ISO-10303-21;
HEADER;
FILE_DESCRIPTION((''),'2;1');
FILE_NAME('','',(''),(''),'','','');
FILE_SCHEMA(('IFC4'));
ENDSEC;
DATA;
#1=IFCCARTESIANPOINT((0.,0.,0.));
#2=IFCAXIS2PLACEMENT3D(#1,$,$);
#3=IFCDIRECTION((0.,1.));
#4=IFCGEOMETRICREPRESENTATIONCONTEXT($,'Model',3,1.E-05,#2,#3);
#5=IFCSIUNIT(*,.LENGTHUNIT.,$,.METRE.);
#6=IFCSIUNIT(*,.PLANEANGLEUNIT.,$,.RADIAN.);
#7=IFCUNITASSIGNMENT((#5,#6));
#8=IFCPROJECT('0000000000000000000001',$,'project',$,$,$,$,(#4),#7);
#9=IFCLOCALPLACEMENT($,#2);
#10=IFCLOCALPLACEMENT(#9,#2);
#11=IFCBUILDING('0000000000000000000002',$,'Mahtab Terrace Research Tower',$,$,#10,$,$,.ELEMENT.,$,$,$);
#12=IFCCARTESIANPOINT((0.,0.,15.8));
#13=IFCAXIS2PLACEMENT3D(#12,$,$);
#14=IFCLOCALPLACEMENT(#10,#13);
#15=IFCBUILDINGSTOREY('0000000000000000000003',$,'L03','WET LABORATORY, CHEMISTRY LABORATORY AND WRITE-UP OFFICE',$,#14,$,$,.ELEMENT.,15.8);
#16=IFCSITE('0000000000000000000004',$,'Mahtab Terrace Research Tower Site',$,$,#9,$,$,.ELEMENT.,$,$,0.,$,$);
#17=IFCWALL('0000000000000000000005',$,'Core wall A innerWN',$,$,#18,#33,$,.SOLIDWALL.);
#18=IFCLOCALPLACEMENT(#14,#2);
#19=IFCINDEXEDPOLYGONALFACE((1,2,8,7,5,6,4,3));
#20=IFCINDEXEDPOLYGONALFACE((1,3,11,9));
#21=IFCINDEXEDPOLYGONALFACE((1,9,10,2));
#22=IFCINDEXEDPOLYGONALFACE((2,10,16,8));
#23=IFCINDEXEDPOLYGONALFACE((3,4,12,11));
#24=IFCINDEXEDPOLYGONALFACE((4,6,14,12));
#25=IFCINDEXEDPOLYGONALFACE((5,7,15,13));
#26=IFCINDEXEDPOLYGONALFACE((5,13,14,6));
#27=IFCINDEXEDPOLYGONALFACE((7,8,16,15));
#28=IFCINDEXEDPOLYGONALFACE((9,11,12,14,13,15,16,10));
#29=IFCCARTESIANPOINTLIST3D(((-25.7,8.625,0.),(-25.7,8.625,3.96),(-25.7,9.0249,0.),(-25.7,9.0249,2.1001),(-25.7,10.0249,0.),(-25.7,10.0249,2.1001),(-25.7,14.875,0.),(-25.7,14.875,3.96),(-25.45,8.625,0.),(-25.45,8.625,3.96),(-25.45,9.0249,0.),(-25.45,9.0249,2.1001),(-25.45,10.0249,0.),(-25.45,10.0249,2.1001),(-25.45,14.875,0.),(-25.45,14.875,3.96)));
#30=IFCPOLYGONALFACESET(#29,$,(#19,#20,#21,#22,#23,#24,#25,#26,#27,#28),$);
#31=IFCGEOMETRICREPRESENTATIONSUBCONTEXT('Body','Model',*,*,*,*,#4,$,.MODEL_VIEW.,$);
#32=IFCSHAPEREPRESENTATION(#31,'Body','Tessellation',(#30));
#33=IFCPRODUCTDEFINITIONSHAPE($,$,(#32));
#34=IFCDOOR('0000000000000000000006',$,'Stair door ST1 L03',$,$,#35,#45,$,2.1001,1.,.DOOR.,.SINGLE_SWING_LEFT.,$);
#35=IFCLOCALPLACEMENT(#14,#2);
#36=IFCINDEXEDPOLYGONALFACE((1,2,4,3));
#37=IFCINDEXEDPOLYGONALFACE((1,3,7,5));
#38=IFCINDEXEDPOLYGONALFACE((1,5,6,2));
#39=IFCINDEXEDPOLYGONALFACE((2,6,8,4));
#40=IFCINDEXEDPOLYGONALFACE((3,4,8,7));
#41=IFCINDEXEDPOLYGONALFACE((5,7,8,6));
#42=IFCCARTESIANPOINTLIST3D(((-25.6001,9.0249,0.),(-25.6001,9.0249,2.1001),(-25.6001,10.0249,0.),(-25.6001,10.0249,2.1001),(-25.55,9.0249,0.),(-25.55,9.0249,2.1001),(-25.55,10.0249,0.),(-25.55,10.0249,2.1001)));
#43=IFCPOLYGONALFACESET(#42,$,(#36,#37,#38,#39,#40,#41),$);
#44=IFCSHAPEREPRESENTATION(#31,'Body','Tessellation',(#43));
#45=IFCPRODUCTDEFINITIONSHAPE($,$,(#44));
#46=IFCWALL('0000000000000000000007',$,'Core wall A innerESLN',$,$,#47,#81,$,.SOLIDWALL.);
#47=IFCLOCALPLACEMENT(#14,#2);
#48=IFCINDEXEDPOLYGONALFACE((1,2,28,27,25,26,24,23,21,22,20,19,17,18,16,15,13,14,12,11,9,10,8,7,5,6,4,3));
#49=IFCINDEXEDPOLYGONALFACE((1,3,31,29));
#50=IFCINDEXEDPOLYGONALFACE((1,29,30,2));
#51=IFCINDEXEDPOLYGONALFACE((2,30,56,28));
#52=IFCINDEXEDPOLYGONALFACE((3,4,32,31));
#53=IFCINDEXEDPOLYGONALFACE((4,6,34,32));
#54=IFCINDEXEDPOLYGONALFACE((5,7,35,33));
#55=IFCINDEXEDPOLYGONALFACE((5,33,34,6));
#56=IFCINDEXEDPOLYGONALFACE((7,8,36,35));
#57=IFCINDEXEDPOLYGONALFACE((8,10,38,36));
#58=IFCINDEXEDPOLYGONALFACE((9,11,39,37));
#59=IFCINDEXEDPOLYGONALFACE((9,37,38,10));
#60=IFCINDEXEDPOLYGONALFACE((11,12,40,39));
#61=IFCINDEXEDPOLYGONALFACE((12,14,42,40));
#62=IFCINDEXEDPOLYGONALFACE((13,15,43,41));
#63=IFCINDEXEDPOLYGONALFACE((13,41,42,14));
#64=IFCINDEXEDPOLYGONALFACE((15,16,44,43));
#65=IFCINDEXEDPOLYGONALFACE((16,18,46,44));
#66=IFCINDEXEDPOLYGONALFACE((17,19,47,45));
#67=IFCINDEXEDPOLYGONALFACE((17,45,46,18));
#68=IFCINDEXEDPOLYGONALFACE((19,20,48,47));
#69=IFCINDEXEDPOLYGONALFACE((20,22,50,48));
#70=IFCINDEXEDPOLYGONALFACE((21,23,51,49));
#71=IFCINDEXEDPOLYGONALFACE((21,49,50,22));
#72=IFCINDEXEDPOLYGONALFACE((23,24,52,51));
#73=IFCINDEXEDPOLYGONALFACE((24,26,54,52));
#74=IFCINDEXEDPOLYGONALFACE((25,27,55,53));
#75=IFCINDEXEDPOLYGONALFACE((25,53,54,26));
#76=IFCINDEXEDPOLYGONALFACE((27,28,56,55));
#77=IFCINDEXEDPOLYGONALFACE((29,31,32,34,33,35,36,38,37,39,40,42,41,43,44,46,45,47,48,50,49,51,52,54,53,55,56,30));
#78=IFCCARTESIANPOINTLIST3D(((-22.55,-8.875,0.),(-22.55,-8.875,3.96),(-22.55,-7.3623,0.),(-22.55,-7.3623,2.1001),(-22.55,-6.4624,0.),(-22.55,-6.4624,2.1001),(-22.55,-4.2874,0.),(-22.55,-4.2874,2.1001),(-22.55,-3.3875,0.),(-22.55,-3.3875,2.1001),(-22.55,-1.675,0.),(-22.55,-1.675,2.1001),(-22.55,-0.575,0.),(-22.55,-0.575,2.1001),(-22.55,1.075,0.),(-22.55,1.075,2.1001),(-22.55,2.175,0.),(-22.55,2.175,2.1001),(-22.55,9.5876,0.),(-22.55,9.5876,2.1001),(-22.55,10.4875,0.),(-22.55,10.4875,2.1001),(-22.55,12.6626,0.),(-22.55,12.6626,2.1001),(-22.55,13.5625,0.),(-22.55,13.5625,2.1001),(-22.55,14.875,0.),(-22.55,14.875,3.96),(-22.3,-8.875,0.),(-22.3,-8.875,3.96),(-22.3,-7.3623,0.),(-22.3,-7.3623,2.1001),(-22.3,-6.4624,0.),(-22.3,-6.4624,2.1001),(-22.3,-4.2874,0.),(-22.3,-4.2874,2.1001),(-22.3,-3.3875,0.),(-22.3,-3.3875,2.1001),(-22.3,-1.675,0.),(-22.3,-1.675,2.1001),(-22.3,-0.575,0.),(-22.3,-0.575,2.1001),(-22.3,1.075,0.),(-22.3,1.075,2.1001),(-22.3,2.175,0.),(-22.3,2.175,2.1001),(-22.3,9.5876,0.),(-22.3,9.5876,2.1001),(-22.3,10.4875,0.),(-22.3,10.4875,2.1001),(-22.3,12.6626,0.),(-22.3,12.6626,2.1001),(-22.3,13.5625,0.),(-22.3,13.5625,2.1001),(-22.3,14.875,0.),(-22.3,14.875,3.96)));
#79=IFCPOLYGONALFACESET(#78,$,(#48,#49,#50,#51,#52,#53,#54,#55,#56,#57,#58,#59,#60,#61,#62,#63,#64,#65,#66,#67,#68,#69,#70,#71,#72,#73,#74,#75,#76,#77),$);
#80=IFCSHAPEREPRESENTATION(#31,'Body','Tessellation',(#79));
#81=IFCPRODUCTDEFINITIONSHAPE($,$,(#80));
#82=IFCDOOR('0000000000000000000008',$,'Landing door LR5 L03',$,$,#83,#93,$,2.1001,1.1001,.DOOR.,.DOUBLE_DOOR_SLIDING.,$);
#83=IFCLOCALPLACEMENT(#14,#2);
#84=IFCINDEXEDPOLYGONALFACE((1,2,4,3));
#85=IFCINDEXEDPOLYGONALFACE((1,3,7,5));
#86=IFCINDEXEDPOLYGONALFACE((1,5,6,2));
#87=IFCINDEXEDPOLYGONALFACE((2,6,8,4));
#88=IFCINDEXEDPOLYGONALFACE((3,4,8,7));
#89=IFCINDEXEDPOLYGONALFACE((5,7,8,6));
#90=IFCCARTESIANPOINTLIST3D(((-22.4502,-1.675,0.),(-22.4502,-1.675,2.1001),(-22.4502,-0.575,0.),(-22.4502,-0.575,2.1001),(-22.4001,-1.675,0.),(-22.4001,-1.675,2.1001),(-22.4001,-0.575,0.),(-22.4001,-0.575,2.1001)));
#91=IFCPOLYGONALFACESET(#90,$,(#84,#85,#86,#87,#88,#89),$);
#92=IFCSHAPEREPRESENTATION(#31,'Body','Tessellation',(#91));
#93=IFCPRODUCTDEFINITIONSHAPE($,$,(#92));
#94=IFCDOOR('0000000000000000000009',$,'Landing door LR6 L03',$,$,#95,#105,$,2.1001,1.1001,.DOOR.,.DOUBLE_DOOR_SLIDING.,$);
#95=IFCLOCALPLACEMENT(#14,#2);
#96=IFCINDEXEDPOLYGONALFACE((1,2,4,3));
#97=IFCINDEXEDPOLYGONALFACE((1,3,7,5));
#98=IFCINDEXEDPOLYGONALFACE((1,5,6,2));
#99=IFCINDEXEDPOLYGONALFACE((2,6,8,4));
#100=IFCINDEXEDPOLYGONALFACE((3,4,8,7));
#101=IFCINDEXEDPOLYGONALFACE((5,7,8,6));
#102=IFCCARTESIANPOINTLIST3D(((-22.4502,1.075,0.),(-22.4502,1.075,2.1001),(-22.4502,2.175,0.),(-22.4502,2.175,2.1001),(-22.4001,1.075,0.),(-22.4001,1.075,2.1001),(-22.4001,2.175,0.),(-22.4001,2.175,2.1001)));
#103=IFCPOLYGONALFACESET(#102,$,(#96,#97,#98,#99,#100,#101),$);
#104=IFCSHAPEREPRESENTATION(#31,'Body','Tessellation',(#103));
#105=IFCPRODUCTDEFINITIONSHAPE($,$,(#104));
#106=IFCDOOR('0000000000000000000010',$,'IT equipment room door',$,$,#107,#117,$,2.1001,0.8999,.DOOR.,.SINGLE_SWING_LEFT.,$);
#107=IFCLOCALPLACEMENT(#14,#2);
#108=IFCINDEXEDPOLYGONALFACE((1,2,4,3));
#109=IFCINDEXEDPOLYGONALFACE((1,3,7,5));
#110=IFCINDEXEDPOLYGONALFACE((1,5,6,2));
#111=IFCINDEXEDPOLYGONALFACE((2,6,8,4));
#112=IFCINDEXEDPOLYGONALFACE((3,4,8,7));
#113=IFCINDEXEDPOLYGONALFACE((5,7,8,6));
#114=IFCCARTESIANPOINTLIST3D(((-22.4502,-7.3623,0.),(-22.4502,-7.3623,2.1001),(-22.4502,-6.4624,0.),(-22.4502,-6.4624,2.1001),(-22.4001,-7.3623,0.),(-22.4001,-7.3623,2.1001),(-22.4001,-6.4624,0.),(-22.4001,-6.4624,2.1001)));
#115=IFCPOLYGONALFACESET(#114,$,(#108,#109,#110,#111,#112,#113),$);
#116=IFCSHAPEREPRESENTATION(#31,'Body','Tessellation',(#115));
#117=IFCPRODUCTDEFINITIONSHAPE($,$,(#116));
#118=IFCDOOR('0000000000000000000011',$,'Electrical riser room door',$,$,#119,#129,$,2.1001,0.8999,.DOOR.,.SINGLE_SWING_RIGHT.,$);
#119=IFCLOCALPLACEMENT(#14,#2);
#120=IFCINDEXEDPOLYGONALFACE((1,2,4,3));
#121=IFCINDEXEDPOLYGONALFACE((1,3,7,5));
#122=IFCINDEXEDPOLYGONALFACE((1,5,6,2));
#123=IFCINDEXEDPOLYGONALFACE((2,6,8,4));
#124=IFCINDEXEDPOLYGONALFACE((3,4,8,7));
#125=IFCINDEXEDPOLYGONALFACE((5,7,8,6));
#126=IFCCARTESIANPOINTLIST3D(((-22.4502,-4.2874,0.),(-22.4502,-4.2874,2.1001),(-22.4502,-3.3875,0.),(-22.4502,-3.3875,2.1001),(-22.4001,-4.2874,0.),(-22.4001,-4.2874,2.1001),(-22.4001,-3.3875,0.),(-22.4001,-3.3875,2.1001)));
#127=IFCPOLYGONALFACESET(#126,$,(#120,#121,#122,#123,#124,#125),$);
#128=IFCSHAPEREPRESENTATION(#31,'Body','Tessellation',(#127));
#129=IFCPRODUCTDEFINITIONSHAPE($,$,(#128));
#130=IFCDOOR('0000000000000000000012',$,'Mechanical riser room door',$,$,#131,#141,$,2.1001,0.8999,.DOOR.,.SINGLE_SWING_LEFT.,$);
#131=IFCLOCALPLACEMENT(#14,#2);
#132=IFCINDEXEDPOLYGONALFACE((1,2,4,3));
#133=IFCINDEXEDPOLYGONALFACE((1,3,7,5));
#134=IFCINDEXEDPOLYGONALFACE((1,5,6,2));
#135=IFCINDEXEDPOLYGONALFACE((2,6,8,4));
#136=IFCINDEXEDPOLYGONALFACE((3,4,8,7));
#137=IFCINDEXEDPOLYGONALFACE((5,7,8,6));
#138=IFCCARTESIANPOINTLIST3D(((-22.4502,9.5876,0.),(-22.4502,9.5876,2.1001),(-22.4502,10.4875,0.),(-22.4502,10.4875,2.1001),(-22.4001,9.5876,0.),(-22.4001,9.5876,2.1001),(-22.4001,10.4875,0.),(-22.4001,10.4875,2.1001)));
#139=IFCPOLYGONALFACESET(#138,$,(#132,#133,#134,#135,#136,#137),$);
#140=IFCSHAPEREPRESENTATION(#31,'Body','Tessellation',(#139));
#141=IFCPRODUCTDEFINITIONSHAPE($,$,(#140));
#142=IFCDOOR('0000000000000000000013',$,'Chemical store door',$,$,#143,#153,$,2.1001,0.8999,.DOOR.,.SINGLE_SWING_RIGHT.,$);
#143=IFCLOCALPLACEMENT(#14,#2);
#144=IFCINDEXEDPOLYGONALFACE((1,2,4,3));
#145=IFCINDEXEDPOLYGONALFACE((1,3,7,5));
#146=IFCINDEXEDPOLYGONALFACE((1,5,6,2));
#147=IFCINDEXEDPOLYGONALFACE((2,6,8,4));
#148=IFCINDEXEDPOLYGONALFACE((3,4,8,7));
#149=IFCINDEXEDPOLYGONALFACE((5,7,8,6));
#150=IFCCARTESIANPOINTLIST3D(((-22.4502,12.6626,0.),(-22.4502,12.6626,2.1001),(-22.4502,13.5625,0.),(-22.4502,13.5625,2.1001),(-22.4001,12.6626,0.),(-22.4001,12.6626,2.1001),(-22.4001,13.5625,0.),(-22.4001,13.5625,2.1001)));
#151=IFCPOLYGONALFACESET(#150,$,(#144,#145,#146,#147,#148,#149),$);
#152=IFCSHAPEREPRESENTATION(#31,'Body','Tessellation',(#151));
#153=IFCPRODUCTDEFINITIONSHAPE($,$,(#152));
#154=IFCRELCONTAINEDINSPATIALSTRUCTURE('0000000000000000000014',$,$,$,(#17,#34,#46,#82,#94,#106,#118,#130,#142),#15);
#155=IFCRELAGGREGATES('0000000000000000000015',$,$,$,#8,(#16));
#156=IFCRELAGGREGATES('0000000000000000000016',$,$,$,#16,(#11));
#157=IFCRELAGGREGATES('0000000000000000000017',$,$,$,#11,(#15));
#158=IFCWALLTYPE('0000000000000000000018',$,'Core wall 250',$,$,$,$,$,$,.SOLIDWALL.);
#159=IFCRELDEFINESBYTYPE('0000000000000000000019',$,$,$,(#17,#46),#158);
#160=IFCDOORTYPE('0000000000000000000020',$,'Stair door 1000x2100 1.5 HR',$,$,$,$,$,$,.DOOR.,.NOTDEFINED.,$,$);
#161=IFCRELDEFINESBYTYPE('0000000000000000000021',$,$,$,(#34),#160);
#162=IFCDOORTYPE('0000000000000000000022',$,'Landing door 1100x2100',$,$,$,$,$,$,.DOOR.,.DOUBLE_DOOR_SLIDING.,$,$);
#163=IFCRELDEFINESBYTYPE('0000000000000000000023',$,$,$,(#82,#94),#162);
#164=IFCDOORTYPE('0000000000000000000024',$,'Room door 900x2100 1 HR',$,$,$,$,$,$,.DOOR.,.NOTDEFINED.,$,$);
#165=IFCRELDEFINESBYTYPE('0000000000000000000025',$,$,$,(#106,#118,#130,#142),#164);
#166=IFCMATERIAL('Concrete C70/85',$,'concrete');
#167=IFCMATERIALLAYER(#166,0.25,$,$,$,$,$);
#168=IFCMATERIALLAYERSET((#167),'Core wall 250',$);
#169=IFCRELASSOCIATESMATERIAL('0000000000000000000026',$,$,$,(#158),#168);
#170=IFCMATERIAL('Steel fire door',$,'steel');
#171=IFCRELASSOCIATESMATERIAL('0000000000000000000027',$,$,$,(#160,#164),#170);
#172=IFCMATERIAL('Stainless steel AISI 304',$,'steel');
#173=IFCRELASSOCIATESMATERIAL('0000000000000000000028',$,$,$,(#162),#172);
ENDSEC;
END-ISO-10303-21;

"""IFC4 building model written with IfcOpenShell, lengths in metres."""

from ifc_helpers import new_model, si_unit, direction, frame, frame_2d, origin, place, context, subcontext, project, spatial, rectangle, extrude, material, layer, layer_set, type_object, element, fill, save


model = new_model("IFC4")

# Units and contexts
model_context = context("Model", 3, precision=1e-05, world=origin(), true_north=direction((0.0, 1.0)))
body_context = subcontext(model_context, "Body", "Model", "MODEL_VIEW")
ifc_project = project(units=[si_unit("LENGTHUNIT", "METRE"), si_unit("PLANEANGLEUNIT", "RADIAN")], contexts=[model_context])

# Site, building, storey
site_placement = place(None, origin())
site = spatial("IfcSite", under=ifc_project, at=site_placement, Name="Mahtab Terrace Research Tower Site", CompositionType="ELEMENT", RefElevation=0.0)
building_placement = place(site_placement, origin())
building = spatial("IfcBuilding", under=site, at=building_placement, Name="Mahtab Terrace Research Tower", CompositionType="ELEMENT")
storey_placement = place(building_placement, frame((0.0, 0.0, 15.8)))
storey = spatial("IfcBuildingStorey", under=building, at=storey_placement, Name="L03", Description="WET LABORATORY, CHEMISTRY LABORATORY AND WRITE-UP OFFICE", CompositionType="ELEMENT", Elevation=15.8)

# Shared definitions
ifc_material_1 = material(Name="Concrete C70/85", Category="concrete")
ifc_layer_1 = layer(ifc_material_1, 0.25)
ifc_layer_set_1 = layer_set([ifc_layer_1], Name="Core wall 250")
wall_type_1 = type_object("IfcWallType", Name="Core wall 250", PredefinedType="SOLIDWALL", material=ifc_layer_set_1)

# Wall, opening, door
ifc_material_2 = material(Name="Steel fire door", Category="steel")
wall_1_placement = place(storey_placement, frame((-25.575, 14.875, 0.0), z_axis=(0.0, 0.0, 1.0), x_axis=(0.0, -1.0, 0.0)))
wall_1 = element("IfcWall", 1, at=wall_1_placement, inside=storey, type_object=wall_type_1, Name="Core wall A innerWN", PredefinedType="SOLIDWALL", context=body_context, shape_type="SweptSolid", body=[
    extrude(rectangle(XDim=6.25, YDim=0.25, at=frame_2d((3.125, 0.0))), origin(), (0.0, 0.0, 1.0), 3.96),
])
opening_1_placement = place(wall_1_placement, frame((4.8501, 0.0, 0.0)))
opening_1 = element("IfcOpeningElement", 2, at=opening_1_placement, cuts=wall_1, PredefinedType="OPENING", context=body_context, shape_type="SweptSolid", body=[
    extrude(rectangle(XDim=1.0, YDim=2.1001, at=frame_2d((0.5, 1.05))), frame((0.0, 0.135, 0.0), z_axis=(0.0, -1.0, 0.0), x_axis=(1.0, 0.0, 0.0)), (0.0, 0.0, 1.0), 0.27),
])
door_type_1 = type_object("IfcDoorType", Name="Stair door 1000x2100 1.5 HR", OperationType="NOTDEFINED", PredefinedType="DOOR", material=ifc_material_2)
door_1_placement = place(opening_1_placement, origin())
door_1 = element("IfcDoor", 3, at=door_1_placement, inside=storey, type_object=door_type_1, Name="Stair door ST1 L03", OperationType="SINGLE_SWING_LEFT", OverallHeight=2.1001, OverallWidth=1.0, PredefinedType="DOOR", context=body_context, shape_type="SweptSolid", body=[
    extrude(rectangle(XDim=1.0, YDim=2.1001, at=frame_2d((0.5, 1.05))), frame((0.0, 0.0249, 0.0), z_axis=(0.0, -1.0, 0.0), x_axis=(1.0, 0.0, 0.0)), (0.0, 0.0, 1.0), 0.05),
])
fill(opening_1, door_1)

# Wall, openings, doors
wall_2_placement = place(storey_placement, frame((-22.425, 14.875, 0.0), z_axis=(0.0, 0.0, 1.0), x_axis=(0.0, -1.0, 0.0)))
wall_2 = element("IfcWall", 4, at=wall_2_placement, inside=storey, type_object=wall_type_1, Name="Core wall A innerESLN", PredefinedType="SOLIDWALL", context=body_context, shape_type="SweptSolid", body=[
    extrude(rectangle(XDim=23.75, YDim=0.25, at=frame_2d((11.875, 0.0))), origin(), (0.0, 0.0, 1.0), 3.96),
])
opening_2_placement = place(wall_2_placement, frame((15.45, 0.0, 0.0)))
opening_2 = element("IfcOpeningElement", 5, at=opening_2_placement, cuts=wall_2, PredefinedType="OPENING", context=body_context, shape_type="SweptSolid", body=[
    extrude(rectangle(XDim=1.1001, YDim=2.1001, at=frame_2d((0.55, 1.05))), frame((0.0, 0.135, 0.0), z_axis=(0.0, -1.0, 0.0), x_axis=(1.0, 0.0, 0.0)), (0.0, 0.0, 1.0), 0.27),
])
opening_3_placement = place(wall_2_placement, frame((12.7, 0.0, 0.0)))
opening_3 = element("IfcOpeningElement", 6, at=opening_3_placement, cuts=wall_2, PredefinedType="OPENING", context=body_context, shape_type="SweptSolid", body=[
    extrude(rectangle(XDim=1.1001, YDim=2.1001, at=frame_2d((0.55, 1.05))), frame((0.0, 0.135, 0.0), z_axis=(0.0, -1.0, 0.0), x_axis=(1.0, 0.0, 0.0)), (0.0, 0.0, 1.0), 0.27),
])
opening_4_placement = place(wall_2_placement, frame((21.3374, 0.0, 0.0)))
opening_4 = element("IfcOpeningElement", 7, at=opening_4_placement, cuts=wall_2, PredefinedType="OPENING", context=body_context, shape_type="SweptSolid", body=[
    extrude(rectangle(XDim=0.8999, YDim=2.1001, at=frame_2d((0.45, 1.05))), frame((0.0, 0.135, 0.0), z_axis=(0.0, -1.0, 0.0), x_axis=(1.0, 0.0, 0.0)), (0.0, 0.0, 1.0), 0.27),
])
opening_5_placement = place(wall_2_placement, frame((18.2625, 0.0, 0.0)))
opening_5 = element("IfcOpeningElement", 8, at=opening_5_placement, cuts=wall_2, PredefinedType="OPENING", context=body_context, shape_type="SweptSolid", body=[
    extrude(rectangle(XDim=0.8999, YDim=2.1001, at=frame_2d((0.45, 1.05))), frame((0.0, 0.135, 0.0), z_axis=(0.0, -1.0, 0.0), x_axis=(1.0, 0.0, 0.0)), (0.0, 0.0, 1.0), 0.27),
])
opening_6_placement = place(wall_2_placement, frame((4.3875, 0.0, 0.0)))
opening_6 = element("IfcOpeningElement", 9, at=opening_6_placement, cuts=wall_2, PredefinedType="OPENING", context=body_context, shape_type="SweptSolid", body=[
    extrude(rectangle(XDim=0.8999, YDim=2.1001, at=frame_2d((0.45, 1.05))), frame((0.0, 0.135, 0.0), z_axis=(0.0, -1.0, 0.0), x_axis=(1.0, 0.0, 0.0)), (0.0, 0.0, 1.0), 0.27),
])
opening_7_placement = place(wall_2_placement, frame((1.3125, 0.0, 0.0)))
opening_7 = element("IfcOpeningElement", 10, at=opening_7_placement, cuts=wall_2, PredefinedType="OPENING", context=body_context, shape_type="SweptSolid", body=[
    extrude(rectangle(XDim=0.8999, YDim=2.1001, at=frame_2d((0.45, 1.05))), frame((0.0, 0.135, 0.0), z_axis=(0.0, -1.0, 0.0), x_axis=(1.0, 0.0, 0.0)), (0.0, 0.0, 1.0), 0.27),
])
ifc_material_3 = material(Name="Stainless steel AISI 304", Category="steel")
door_type_2 = type_object("IfcDoorType", Name="Landing door 1100x2100", OperationType="DOUBLE_DOOR_SLIDING", PredefinedType="DOOR", material=ifc_material_3)
door_2_placement = place(opening_2_placement, origin())
door_2 = element("IfcDoor", 11, at=door_2_placement, inside=storey, type_object=door_type_2, Name="Landing door LR5 L03", OperationType="DOUBLE_DOOR_SLIDING", OverallHeight=2.1001, OverallWidth=1.1001, PredefinedType="DOOR", context=body_context, shape_type="SweptSolid", body=[
    extrude(rectangle(XDim=1.1001, YDim=2.1001, at=frame_2d((0.55, 1.05))), frame((0.0, 0.0249, 0.0), z_axis=(0.0, -1.0, 0.0), x_axis=(1.0, 0.0, 0.0)), (0.0, 0.0, 1.0), 0.05),
])
fill(opening_2, door_2)
door_3_placement = place(opening_3_placement, origin())
door_3 = element("IfcDoor", 12, at=door_3_placement, inside=storey, type_object=door_type_2, Name="Landing door LR6 L03", OperationType="DOUBLE_DOOR_SLIDING", OverallHeight=2.1001, OverallWidth=1.1001, PredefinedType="DOOR", context=body_context, shape_type="SweptSolid", body=[
    extrude(rectangle(XDim=1.1001, YDim=2.1001, at=frame_2d((0.55, 1.05))), frame((0.0, 0.0249, 0.0), z_axis=(0.0, -1.0, 0.0), x_axis=(1.0, 0.0, 0.0)), (0.0, 0.0, 1.0), 0.05),
])
fill(opening_3, door_3)
door_type_3 = type_object("IfcDoorType", Name="Room door 900x2100 1 HR", OperationType="NOTDEFINED", PredefinedType="DOOR", material=ifc_material_2)
door_4_placement = place(opening_4_placement, origin())
door_4 = element("IfcDoor", 13, at=door_4_placement, inside=storey, type_object=door_type_3, Name="IT equipment room door", OperationType="SINGLE_SWING_LEFT", OverallHeight=2.1001, OverallWidth=0.8999, PredefinedType="DOOR", context=body_context, shape_type="SweptSolid", body=[
    extrude(rectangle(XDim=0.8999, YDim=2.1001, at=frame_2d((0.45, 1.05))), frame((0.0, 0.0249, 0.0), z_axis=(0.0, -1.0, 0.0), x_axis=(1.0, 0.0, 0.0)), (0.0, 0.0, 1.0), 0.05),
])
fill(opening_4, door_4)
door_5_placement = place(opening_5_placement, origin())
door_5 = element("IfcDoor", 14, at=door_5_placement, inside=storey, type_object=door_type_3, Name="Electrical riser room door", OperationType="SINGLE_SWING_RIGHT", OverallHeight=2.1001, OverallWidth=0.8999, PredefinedType="DOOR", context=body_context, shape_type="SweptSolid", body=[
    extrude(rectangle(XDim=0.8999, YDim=2.1001, at=frame_2d((0.45, 1.05))), frame((0.0, 0.0249, 0.0), z_axis=(0.0, -1.0, 0.0), x_axis=(1.0, 0.0, 0.0)), (0.0, 0.0, 1.0), 0.05),
])
fill(opening_5, door_5)
door_6_placement = place(opening_6_placement, origin())
door_6 = element("IfcDoor", 15, at=door_6_placement, inside=storey, type_object=door_type_3, Name="Mechanical riser room door", OperationType="SINGLE_SWING_LEFT", OverallHeight=2.1001, OverallWidth=0.8999, PredefinedType="DOOR", context=body_context, shape_type="SweptSolid", body=[
    extrude(rectangle(XDim=0.8999, YDim=2.1001, at=frame_2d((0.45, 1.05))), frame((0.0, 0.0249, 0.0), z_axis=(0.0, -1.0, 0.0), x_axis=(1.0, 0.0, 0.0)), (0.0, 0.0, 1.0), 0.05),
])
fill(opening_6, door_6)
door_7_placement = place(opening_7_placement, origin())
door_7 = element("IfcDoor", 16, at=door_7_placement, inside=storey, type_object=door_type_3, Name="Chemical store door", OperationType="SINGLE_SWING_RIGHT", OverallHeight=2.1001, OverallWidth=0.8999, PredefinedType="DOOR", context=body_context, shape_type="SweptSolid", body=[
    extrude(rectangle(XDim=0.8999, YDim=2.1001, at=frame_2d((0.45, 1.05))), frame((0.0, 0.0249, 0.0), z_axis=(0.0, -1.0, 0.0), x_axis=(1.0, 0.0, 0.0)), (0.0, 0.0, 1.0), 0.05),
])
fill(opening_7, door_7)

save(model, "model.ifc")
